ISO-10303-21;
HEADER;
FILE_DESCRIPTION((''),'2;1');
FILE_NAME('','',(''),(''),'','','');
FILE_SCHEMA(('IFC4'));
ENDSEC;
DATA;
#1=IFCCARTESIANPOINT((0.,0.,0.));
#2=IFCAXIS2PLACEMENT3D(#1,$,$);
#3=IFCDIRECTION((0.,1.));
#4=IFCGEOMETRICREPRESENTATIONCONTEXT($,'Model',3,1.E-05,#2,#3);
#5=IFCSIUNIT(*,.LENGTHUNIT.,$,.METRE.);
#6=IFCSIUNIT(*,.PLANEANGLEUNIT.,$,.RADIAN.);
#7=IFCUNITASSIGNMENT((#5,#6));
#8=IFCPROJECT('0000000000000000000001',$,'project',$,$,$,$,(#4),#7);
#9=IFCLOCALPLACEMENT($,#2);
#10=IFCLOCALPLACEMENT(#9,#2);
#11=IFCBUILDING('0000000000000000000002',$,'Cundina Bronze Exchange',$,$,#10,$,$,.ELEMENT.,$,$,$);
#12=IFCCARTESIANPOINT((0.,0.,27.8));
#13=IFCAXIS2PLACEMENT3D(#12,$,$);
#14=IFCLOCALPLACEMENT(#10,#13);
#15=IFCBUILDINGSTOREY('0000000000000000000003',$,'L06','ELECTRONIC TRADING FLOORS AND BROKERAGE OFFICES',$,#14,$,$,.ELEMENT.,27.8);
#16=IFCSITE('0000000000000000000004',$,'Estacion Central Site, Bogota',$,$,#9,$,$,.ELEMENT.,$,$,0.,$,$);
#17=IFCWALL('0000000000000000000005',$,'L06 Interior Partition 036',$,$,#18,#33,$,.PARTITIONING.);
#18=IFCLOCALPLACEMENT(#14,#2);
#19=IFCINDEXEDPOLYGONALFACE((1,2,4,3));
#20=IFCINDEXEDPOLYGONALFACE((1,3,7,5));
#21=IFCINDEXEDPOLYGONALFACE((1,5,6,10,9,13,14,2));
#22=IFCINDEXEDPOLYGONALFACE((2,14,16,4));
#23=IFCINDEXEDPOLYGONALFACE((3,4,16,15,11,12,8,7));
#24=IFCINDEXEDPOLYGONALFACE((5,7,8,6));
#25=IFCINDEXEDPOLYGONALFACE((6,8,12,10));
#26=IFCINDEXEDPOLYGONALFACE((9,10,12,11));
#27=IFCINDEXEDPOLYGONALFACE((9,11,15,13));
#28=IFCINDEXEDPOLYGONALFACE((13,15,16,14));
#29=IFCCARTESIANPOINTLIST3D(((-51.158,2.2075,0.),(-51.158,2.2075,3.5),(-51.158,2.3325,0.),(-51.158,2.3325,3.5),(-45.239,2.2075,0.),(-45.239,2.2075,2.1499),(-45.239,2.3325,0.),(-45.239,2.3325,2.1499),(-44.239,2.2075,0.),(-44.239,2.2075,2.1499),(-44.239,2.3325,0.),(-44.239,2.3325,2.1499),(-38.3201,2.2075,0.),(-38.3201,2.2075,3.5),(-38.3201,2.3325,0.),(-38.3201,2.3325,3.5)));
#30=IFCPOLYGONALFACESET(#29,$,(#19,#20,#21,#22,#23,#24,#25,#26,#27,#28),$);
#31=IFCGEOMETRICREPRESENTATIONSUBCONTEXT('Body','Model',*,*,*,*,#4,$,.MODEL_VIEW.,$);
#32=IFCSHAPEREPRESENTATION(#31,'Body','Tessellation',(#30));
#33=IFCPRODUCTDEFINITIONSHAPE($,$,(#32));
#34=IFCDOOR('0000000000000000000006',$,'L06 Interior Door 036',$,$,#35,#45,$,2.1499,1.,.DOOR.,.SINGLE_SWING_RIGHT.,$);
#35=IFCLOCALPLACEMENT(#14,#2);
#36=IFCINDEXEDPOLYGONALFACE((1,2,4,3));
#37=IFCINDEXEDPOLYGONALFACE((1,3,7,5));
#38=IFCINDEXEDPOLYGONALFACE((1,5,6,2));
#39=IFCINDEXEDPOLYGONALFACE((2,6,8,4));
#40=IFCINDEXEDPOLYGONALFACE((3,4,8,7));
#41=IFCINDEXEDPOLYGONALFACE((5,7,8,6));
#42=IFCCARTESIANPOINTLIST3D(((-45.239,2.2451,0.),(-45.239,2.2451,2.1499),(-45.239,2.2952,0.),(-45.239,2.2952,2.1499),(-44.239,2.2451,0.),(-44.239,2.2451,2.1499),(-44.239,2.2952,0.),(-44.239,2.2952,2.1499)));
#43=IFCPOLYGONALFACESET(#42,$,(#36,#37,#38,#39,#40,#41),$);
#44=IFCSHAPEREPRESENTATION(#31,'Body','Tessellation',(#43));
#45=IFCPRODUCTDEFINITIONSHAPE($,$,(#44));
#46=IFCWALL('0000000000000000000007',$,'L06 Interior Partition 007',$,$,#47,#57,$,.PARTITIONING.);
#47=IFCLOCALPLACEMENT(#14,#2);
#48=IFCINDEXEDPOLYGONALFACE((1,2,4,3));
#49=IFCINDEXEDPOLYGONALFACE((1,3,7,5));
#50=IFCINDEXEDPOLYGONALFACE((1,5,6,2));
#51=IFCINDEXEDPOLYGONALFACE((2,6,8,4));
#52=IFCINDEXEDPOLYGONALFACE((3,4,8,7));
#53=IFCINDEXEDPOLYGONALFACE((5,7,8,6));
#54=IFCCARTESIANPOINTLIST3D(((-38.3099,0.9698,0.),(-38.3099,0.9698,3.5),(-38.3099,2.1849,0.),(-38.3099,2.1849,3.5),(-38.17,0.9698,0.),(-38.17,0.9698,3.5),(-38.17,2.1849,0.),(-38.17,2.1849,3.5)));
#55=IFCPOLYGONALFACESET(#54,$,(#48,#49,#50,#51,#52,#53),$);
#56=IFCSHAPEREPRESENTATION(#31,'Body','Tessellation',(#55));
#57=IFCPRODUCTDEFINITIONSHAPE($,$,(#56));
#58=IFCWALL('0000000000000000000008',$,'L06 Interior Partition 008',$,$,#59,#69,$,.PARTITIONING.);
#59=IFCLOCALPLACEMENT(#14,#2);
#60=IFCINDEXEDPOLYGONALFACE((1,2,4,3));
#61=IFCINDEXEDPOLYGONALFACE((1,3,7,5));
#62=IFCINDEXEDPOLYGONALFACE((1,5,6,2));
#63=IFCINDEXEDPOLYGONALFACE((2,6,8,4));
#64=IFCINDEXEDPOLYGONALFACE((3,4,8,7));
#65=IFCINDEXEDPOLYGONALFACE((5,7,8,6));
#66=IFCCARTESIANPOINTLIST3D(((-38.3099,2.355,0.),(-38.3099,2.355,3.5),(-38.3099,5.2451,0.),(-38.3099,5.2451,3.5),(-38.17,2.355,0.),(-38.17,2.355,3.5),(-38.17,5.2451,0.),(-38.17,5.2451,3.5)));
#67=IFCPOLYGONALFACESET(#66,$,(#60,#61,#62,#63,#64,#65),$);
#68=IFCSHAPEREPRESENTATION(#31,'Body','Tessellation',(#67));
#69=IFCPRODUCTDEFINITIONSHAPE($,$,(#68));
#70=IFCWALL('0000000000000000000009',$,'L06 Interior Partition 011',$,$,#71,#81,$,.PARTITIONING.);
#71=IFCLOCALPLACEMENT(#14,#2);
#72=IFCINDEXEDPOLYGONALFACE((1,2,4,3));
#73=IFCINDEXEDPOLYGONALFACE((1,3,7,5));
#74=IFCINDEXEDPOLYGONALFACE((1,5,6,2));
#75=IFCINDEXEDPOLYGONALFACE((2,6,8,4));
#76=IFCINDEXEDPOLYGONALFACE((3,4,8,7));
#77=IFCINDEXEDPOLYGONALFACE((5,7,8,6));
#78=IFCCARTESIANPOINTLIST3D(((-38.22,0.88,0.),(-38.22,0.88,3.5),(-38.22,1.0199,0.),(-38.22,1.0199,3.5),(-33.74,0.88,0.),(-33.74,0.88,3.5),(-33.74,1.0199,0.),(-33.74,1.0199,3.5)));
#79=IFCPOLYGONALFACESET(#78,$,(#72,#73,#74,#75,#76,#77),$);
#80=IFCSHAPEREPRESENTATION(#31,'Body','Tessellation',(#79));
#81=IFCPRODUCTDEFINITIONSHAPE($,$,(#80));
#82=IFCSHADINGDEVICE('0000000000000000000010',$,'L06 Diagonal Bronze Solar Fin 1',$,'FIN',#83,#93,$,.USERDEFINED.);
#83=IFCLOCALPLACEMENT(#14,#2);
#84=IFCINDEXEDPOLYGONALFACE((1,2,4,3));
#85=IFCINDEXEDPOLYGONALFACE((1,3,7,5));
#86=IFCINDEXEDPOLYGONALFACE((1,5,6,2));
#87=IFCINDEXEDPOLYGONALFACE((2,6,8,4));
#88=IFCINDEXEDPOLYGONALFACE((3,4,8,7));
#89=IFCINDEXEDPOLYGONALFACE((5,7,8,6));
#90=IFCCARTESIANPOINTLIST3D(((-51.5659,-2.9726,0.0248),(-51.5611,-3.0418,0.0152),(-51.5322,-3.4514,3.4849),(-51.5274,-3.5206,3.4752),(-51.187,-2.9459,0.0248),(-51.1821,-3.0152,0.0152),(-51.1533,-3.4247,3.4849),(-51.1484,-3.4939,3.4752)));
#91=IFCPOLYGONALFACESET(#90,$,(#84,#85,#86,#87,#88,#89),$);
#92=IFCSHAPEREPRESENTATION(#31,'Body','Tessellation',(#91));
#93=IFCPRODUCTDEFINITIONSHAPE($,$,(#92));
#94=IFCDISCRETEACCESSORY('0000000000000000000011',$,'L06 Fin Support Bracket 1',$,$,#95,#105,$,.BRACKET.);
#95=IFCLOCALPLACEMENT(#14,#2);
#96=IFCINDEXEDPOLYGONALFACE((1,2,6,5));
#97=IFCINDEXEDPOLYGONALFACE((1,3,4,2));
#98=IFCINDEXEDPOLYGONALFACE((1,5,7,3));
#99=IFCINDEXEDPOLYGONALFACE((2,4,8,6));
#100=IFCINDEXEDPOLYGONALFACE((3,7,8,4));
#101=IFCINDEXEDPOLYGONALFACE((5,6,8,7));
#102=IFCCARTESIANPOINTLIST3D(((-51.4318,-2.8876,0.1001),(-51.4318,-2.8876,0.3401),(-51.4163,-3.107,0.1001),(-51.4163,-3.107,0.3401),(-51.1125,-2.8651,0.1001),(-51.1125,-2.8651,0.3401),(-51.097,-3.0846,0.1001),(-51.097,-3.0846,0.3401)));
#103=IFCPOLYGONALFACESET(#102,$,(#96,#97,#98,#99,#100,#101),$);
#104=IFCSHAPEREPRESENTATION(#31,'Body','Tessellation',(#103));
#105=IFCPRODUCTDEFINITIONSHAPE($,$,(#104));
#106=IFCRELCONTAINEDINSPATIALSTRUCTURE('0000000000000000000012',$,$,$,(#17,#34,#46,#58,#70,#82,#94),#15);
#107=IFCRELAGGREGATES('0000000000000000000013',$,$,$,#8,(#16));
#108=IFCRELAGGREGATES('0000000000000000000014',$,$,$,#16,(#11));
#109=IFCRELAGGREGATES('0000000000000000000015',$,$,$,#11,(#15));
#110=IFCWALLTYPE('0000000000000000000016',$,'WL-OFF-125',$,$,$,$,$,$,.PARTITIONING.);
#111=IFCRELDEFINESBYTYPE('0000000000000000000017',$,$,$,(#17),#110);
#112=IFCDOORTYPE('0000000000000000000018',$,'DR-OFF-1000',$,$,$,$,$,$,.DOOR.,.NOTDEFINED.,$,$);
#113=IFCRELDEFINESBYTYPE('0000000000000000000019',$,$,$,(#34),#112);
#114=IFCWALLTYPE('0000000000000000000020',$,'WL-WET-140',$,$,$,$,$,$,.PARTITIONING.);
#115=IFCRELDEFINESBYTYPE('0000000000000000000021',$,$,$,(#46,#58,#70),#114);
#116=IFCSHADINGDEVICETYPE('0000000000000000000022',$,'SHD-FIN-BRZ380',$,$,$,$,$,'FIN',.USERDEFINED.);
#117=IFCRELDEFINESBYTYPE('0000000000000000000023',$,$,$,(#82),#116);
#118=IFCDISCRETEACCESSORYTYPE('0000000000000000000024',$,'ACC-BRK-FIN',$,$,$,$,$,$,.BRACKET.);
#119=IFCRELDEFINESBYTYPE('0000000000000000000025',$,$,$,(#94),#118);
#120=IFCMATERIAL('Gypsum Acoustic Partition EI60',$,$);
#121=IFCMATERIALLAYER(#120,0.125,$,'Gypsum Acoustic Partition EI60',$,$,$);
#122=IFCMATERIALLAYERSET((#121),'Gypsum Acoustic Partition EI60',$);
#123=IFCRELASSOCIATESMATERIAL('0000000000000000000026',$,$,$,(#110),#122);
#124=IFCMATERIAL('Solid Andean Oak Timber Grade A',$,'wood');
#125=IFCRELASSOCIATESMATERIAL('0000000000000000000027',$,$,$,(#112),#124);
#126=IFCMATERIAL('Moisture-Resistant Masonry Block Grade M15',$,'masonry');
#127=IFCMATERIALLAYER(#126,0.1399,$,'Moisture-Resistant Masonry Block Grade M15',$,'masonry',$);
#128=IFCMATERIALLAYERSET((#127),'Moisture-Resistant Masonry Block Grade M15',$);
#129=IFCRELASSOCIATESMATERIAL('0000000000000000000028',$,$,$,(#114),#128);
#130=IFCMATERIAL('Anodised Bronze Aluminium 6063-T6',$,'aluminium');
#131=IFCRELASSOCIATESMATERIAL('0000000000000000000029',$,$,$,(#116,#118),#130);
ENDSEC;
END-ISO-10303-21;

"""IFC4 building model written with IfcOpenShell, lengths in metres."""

from ifc_helpers import new_model, si_unit, direction, frame, frame_2d, origin, origin_2d, place, context, subcontext, project, spatial, rectangle, extrude, material, layer, layer_set, material_profile, profile_set, type_object, element, fill, save


model = new_model("IFC4")

# Units and contexts
model_context = context("Model", 3, precision=1e-05, world=origin(), true_north=direction((0.0, 1.0)))
body_context = subcontext(model_context, "Body", "Model", "MODEL_VIEW")
ifc_project = project(units=[si_unit("LENGTHUNIT", "METRE"), si_unit("PLANEANGLEUNIT", "RADIAN")], contexts=[model_context])

# Site, building, storey
site_placement = place(None, origin())
site = spatial("IfcSite", under=ifc_project, at=site_placement, Name="Estacion Central Site, Bogota", CompositionType="ELEMENT", RefElevation=0.0)
building_placement = place(site_placement, origin())
building = spatial("IfcBuilding", under=site, at=building_placement, Name="Cundina Bronze Exchange", CompositionType="ELEMENT")
storey_placement = place(building_placement, frame((0.0, 0.0, 27.8)))
storey = spatial("IfcBuildingStorey", under=building, at=storey_placement, Name="L06", Description="ELECTRONIC TRADING FLOORS AND BROKERAGE OFFICES", CompositionType="ELEMENT", Elevation=27.8)

# Shared definitions
ifc_material_1 = material(Name="Anodised Bronze Aluminium 6063-T6", Category="aluminium")

# Shared definitions
ifc_material_2 = material(Name="Solid Andean Oak Timber Grade A", Category="wood")

# Wall, opening, door
ifc_material_3 = material(Name="Gypsum Acoustic Partition EI60")
ifc_layer_1 = layer(ifc_material_3, 0.125, Name="Gypsum Acoustic Partition EI60")
ifc_layer_set_1 = layer_set([ifc_layer_1], Name="Gypsum Acoustic Partition EI60")
wall_type_1 = type_object("IfcWallType", Name="WL-OFF-125", PredefinedType="PARTITIONING", material=ifc_layer_set_1)
wall_1_placement = place(storey_placement, frame((-38.3201, 2.27, 0.0), z_axis=(0.0, 0.0, 1.0), x_axis=(-1.0, 0.0, 0.0)))
wall_1 = element("IfcWall", 1, at=wall_1_placement, inside=storey, type_object=wall_type_1, Name="L06 Interior Partition 036", PredefinedType="PARTITIONING", context=body_context, shape_type="SweptSolid", body=[
    extrude(rectangle(XDim=12.8379, YDim=0.125, at=frame_2d((6.4189, 0.0))), origin(), (0.0, 0.0, 1.0), 3.5),
])
opening_1_placement = place(wall_1_placement, frame((5.9189, 0.0, 0.0)))
opening_1 = element("IfcOpeningElement", 2, at=opening_1_placement, cuts=wall_1, PredefinedType="OPENING", context=body_context, shape_type="SweptSolid", body=[
    extrude(rectangle(XDim=1.0, YDim=2.1499, at=frame_2d((0.5, 1.075))), frame((0.0, 0.0725, 0.0), z_axis=(0.0, -1.0, 0.0), x_axis=(1.0, 0.0, 0.0)), (0.0, 0.0, 1.0), 0.145),
])
door_type_1 = type_object("IfcDoorType", Name="DR-OFF-1000", OperationType="NOTDEFINED", PredefinedType="DOOR", material=ifc_material_2)
door_1_placement = place(opening_1_placement, origin())
door_1 = element("IfcDoor", 3, at=door_1_placement, inside=storey, type_object=door_type_1, Name="L06 Interior Door 036", OperationType="SINGLE_SWING_RIGHT", OverallHeight=2.1499, OverallWidth=1.0, PredefinedType="DOOR", context=body_context, shape_type="SweptSolid", body=[
    extrude(rectangle(XDim=1.0, YDim=2.1499, at=frame_2d((0.5, 1.075))), frame((0.0, 0.0249, 0.0), z_axis=(0.0, -1.0, 0.0), x_axis=(1.0, 0.0, 0.0)), (0.0, 0.0, 1.0), 0.05),
])
fill(opening_1, door_1)

# Walls
ifc_material_4 = material(Name="Moisture-Resistant Masonry Block Grade M15", Category="masonry")
ifc_layer_2 = layer(ifc_material_4, 0.1399, Name="Moisture-Resistant Masonry Block Grade M15", Category="masonry")
ifc_layer_set_2 = layer_set([ifc_layer_2], Name="Moisture-Resistant Masonry Block Grade M15")
wall_type_2 = type_object("IfcWallType", Name="WL-WET-140", PredefinedType="PARTITIONING", material=ifc_layer_set_2)
wall_2_placement = place(storey_placement, frame((-38.24, 0.97, 0.0), z_axis=(0.0, 0.0, 1.0), x_axis=(0.0, 1.0, 0.0)))
element("IfcWall", 4, at=wall_2_placement, inside=storey, type_object=wall_type_2, Name="L06 Interior Partition 007", PredefinedType="PARTITIONING", context=body_context, shape_type="SweptSolid", body=[
    extrude(rectangle(XDim=1.2151, YDim=0.1399, at=frame_2d((0.6074, 0.0))), origin(), (0.0, 0.0, 1.0), 3.5),
])
wall_3_placement = place(storey_placement, frame((-38.24, 2.355, 0.0), z_axis=(0.0, 0.0, 1.0), x_axis=(0.0, 1.0, 0.0)))
element("IfcWall", 5, at=wall_3_placement, inside=storey, type_object=wall_type_2, Name="L06 Interior Partition 008", PredefinedType="PARTITIONING", context=body_context, shape_type="SweptSolid", body=[
    extrude(rectangle(XDim=2.8901, YDim=0.1399, at=frame_2d((1.4451, 0.0))), origin(), (0.0, 0.0, 1.0), 3.5),
])
wall_4_placement = place(storey_placement, frame((-38.22, 0.95, 0.0), z_axis=(0.0, 0.0, 1.0), x_axis=(1.0, 0.0, 0.0)))
element("IfcWall", 6, at=wall_4_placement, inside=storey, type_object=wall_type_2, Name="L06 Interior Partition 011", PredefinedType="PARTITIONING", context=body_context, shape_type="SweptSolid", body=[
    extrude(rectangle(XDim=4.48, YDim=0.1399, at=frame_2d((2.24, 0.0))), origin(), (0.0, 0.0, 1.0), 3.5),
])

# Shading device
ifc_material_profile_1 = material_profile(ifc_material_1, rectangle(XDim=0.0701, YDim=0.3799, at=origin_2d()), Name="FIN70X380", Category="aluminium")
ifc_profile_set_1 = profile_set([ifc_material_profile_1], Name="Anodised Bronze Aluminium 6063-T6")
shading_device_type = type_object("IfcShadingDeviceType", Name="SHD-FIN-BRZ380", ElementType="FIN", PredefinedType="USERDEFINED", material=ifc_profile_set_1)
shading_device_placement = place(storey_placement, frame((-51.374, -2.9939, 0.02), z_axis=(0.009645, -0.137059, 0.990516), x_axis=(-0.069533, 0.988072, 0.137398)))
element("IfcShadingDevice", 7, at=shading_device_placement, inside=storey, type_object=shading_device_type, Name="L06 Diagonal Bronze Solar Fin 1", ObjectType="FIN", PredefinedType="USERDEFINED", context=body_context, shape_type="SweptSolid", body=[
    extrude(rectangle(XDim=0.0701, YDim=0.3799, at=origin_2d()), origin(), (0.0, 0.0, 1.0), 3.4932),
])

# Discrete accessory
discrete_accessory_type = type_object("IfcDiscreteAccessoryType", Name="ACC-BRK-FIN", PredefinedType="BRACKET", material=ifc_material_1)
discrete_accessory_placement = place(storey_placement, frame((-51.2644, -2.9861, 0.1001), z_axis=(0.0, 0.0, 1.0), x_axis=(0.070279, -0.997527, 0.0)))
element("IfcDiscreteAccessory", 8, at=discrete_accessory_placement, inside=storey, type_object=discrete_accessory_type, Name="L06 Fin Support Bracket 1", PredefinedType="BRACKET", context=body_context, shape_type="SweptSolid", body=[
    extrude(rectangle(XDim=0.22, YDim=0.3201, at=origin_2d()), origin(), (0.0, 0.0, 1.0), 0.24),
])

save(model, "model.ifc")
